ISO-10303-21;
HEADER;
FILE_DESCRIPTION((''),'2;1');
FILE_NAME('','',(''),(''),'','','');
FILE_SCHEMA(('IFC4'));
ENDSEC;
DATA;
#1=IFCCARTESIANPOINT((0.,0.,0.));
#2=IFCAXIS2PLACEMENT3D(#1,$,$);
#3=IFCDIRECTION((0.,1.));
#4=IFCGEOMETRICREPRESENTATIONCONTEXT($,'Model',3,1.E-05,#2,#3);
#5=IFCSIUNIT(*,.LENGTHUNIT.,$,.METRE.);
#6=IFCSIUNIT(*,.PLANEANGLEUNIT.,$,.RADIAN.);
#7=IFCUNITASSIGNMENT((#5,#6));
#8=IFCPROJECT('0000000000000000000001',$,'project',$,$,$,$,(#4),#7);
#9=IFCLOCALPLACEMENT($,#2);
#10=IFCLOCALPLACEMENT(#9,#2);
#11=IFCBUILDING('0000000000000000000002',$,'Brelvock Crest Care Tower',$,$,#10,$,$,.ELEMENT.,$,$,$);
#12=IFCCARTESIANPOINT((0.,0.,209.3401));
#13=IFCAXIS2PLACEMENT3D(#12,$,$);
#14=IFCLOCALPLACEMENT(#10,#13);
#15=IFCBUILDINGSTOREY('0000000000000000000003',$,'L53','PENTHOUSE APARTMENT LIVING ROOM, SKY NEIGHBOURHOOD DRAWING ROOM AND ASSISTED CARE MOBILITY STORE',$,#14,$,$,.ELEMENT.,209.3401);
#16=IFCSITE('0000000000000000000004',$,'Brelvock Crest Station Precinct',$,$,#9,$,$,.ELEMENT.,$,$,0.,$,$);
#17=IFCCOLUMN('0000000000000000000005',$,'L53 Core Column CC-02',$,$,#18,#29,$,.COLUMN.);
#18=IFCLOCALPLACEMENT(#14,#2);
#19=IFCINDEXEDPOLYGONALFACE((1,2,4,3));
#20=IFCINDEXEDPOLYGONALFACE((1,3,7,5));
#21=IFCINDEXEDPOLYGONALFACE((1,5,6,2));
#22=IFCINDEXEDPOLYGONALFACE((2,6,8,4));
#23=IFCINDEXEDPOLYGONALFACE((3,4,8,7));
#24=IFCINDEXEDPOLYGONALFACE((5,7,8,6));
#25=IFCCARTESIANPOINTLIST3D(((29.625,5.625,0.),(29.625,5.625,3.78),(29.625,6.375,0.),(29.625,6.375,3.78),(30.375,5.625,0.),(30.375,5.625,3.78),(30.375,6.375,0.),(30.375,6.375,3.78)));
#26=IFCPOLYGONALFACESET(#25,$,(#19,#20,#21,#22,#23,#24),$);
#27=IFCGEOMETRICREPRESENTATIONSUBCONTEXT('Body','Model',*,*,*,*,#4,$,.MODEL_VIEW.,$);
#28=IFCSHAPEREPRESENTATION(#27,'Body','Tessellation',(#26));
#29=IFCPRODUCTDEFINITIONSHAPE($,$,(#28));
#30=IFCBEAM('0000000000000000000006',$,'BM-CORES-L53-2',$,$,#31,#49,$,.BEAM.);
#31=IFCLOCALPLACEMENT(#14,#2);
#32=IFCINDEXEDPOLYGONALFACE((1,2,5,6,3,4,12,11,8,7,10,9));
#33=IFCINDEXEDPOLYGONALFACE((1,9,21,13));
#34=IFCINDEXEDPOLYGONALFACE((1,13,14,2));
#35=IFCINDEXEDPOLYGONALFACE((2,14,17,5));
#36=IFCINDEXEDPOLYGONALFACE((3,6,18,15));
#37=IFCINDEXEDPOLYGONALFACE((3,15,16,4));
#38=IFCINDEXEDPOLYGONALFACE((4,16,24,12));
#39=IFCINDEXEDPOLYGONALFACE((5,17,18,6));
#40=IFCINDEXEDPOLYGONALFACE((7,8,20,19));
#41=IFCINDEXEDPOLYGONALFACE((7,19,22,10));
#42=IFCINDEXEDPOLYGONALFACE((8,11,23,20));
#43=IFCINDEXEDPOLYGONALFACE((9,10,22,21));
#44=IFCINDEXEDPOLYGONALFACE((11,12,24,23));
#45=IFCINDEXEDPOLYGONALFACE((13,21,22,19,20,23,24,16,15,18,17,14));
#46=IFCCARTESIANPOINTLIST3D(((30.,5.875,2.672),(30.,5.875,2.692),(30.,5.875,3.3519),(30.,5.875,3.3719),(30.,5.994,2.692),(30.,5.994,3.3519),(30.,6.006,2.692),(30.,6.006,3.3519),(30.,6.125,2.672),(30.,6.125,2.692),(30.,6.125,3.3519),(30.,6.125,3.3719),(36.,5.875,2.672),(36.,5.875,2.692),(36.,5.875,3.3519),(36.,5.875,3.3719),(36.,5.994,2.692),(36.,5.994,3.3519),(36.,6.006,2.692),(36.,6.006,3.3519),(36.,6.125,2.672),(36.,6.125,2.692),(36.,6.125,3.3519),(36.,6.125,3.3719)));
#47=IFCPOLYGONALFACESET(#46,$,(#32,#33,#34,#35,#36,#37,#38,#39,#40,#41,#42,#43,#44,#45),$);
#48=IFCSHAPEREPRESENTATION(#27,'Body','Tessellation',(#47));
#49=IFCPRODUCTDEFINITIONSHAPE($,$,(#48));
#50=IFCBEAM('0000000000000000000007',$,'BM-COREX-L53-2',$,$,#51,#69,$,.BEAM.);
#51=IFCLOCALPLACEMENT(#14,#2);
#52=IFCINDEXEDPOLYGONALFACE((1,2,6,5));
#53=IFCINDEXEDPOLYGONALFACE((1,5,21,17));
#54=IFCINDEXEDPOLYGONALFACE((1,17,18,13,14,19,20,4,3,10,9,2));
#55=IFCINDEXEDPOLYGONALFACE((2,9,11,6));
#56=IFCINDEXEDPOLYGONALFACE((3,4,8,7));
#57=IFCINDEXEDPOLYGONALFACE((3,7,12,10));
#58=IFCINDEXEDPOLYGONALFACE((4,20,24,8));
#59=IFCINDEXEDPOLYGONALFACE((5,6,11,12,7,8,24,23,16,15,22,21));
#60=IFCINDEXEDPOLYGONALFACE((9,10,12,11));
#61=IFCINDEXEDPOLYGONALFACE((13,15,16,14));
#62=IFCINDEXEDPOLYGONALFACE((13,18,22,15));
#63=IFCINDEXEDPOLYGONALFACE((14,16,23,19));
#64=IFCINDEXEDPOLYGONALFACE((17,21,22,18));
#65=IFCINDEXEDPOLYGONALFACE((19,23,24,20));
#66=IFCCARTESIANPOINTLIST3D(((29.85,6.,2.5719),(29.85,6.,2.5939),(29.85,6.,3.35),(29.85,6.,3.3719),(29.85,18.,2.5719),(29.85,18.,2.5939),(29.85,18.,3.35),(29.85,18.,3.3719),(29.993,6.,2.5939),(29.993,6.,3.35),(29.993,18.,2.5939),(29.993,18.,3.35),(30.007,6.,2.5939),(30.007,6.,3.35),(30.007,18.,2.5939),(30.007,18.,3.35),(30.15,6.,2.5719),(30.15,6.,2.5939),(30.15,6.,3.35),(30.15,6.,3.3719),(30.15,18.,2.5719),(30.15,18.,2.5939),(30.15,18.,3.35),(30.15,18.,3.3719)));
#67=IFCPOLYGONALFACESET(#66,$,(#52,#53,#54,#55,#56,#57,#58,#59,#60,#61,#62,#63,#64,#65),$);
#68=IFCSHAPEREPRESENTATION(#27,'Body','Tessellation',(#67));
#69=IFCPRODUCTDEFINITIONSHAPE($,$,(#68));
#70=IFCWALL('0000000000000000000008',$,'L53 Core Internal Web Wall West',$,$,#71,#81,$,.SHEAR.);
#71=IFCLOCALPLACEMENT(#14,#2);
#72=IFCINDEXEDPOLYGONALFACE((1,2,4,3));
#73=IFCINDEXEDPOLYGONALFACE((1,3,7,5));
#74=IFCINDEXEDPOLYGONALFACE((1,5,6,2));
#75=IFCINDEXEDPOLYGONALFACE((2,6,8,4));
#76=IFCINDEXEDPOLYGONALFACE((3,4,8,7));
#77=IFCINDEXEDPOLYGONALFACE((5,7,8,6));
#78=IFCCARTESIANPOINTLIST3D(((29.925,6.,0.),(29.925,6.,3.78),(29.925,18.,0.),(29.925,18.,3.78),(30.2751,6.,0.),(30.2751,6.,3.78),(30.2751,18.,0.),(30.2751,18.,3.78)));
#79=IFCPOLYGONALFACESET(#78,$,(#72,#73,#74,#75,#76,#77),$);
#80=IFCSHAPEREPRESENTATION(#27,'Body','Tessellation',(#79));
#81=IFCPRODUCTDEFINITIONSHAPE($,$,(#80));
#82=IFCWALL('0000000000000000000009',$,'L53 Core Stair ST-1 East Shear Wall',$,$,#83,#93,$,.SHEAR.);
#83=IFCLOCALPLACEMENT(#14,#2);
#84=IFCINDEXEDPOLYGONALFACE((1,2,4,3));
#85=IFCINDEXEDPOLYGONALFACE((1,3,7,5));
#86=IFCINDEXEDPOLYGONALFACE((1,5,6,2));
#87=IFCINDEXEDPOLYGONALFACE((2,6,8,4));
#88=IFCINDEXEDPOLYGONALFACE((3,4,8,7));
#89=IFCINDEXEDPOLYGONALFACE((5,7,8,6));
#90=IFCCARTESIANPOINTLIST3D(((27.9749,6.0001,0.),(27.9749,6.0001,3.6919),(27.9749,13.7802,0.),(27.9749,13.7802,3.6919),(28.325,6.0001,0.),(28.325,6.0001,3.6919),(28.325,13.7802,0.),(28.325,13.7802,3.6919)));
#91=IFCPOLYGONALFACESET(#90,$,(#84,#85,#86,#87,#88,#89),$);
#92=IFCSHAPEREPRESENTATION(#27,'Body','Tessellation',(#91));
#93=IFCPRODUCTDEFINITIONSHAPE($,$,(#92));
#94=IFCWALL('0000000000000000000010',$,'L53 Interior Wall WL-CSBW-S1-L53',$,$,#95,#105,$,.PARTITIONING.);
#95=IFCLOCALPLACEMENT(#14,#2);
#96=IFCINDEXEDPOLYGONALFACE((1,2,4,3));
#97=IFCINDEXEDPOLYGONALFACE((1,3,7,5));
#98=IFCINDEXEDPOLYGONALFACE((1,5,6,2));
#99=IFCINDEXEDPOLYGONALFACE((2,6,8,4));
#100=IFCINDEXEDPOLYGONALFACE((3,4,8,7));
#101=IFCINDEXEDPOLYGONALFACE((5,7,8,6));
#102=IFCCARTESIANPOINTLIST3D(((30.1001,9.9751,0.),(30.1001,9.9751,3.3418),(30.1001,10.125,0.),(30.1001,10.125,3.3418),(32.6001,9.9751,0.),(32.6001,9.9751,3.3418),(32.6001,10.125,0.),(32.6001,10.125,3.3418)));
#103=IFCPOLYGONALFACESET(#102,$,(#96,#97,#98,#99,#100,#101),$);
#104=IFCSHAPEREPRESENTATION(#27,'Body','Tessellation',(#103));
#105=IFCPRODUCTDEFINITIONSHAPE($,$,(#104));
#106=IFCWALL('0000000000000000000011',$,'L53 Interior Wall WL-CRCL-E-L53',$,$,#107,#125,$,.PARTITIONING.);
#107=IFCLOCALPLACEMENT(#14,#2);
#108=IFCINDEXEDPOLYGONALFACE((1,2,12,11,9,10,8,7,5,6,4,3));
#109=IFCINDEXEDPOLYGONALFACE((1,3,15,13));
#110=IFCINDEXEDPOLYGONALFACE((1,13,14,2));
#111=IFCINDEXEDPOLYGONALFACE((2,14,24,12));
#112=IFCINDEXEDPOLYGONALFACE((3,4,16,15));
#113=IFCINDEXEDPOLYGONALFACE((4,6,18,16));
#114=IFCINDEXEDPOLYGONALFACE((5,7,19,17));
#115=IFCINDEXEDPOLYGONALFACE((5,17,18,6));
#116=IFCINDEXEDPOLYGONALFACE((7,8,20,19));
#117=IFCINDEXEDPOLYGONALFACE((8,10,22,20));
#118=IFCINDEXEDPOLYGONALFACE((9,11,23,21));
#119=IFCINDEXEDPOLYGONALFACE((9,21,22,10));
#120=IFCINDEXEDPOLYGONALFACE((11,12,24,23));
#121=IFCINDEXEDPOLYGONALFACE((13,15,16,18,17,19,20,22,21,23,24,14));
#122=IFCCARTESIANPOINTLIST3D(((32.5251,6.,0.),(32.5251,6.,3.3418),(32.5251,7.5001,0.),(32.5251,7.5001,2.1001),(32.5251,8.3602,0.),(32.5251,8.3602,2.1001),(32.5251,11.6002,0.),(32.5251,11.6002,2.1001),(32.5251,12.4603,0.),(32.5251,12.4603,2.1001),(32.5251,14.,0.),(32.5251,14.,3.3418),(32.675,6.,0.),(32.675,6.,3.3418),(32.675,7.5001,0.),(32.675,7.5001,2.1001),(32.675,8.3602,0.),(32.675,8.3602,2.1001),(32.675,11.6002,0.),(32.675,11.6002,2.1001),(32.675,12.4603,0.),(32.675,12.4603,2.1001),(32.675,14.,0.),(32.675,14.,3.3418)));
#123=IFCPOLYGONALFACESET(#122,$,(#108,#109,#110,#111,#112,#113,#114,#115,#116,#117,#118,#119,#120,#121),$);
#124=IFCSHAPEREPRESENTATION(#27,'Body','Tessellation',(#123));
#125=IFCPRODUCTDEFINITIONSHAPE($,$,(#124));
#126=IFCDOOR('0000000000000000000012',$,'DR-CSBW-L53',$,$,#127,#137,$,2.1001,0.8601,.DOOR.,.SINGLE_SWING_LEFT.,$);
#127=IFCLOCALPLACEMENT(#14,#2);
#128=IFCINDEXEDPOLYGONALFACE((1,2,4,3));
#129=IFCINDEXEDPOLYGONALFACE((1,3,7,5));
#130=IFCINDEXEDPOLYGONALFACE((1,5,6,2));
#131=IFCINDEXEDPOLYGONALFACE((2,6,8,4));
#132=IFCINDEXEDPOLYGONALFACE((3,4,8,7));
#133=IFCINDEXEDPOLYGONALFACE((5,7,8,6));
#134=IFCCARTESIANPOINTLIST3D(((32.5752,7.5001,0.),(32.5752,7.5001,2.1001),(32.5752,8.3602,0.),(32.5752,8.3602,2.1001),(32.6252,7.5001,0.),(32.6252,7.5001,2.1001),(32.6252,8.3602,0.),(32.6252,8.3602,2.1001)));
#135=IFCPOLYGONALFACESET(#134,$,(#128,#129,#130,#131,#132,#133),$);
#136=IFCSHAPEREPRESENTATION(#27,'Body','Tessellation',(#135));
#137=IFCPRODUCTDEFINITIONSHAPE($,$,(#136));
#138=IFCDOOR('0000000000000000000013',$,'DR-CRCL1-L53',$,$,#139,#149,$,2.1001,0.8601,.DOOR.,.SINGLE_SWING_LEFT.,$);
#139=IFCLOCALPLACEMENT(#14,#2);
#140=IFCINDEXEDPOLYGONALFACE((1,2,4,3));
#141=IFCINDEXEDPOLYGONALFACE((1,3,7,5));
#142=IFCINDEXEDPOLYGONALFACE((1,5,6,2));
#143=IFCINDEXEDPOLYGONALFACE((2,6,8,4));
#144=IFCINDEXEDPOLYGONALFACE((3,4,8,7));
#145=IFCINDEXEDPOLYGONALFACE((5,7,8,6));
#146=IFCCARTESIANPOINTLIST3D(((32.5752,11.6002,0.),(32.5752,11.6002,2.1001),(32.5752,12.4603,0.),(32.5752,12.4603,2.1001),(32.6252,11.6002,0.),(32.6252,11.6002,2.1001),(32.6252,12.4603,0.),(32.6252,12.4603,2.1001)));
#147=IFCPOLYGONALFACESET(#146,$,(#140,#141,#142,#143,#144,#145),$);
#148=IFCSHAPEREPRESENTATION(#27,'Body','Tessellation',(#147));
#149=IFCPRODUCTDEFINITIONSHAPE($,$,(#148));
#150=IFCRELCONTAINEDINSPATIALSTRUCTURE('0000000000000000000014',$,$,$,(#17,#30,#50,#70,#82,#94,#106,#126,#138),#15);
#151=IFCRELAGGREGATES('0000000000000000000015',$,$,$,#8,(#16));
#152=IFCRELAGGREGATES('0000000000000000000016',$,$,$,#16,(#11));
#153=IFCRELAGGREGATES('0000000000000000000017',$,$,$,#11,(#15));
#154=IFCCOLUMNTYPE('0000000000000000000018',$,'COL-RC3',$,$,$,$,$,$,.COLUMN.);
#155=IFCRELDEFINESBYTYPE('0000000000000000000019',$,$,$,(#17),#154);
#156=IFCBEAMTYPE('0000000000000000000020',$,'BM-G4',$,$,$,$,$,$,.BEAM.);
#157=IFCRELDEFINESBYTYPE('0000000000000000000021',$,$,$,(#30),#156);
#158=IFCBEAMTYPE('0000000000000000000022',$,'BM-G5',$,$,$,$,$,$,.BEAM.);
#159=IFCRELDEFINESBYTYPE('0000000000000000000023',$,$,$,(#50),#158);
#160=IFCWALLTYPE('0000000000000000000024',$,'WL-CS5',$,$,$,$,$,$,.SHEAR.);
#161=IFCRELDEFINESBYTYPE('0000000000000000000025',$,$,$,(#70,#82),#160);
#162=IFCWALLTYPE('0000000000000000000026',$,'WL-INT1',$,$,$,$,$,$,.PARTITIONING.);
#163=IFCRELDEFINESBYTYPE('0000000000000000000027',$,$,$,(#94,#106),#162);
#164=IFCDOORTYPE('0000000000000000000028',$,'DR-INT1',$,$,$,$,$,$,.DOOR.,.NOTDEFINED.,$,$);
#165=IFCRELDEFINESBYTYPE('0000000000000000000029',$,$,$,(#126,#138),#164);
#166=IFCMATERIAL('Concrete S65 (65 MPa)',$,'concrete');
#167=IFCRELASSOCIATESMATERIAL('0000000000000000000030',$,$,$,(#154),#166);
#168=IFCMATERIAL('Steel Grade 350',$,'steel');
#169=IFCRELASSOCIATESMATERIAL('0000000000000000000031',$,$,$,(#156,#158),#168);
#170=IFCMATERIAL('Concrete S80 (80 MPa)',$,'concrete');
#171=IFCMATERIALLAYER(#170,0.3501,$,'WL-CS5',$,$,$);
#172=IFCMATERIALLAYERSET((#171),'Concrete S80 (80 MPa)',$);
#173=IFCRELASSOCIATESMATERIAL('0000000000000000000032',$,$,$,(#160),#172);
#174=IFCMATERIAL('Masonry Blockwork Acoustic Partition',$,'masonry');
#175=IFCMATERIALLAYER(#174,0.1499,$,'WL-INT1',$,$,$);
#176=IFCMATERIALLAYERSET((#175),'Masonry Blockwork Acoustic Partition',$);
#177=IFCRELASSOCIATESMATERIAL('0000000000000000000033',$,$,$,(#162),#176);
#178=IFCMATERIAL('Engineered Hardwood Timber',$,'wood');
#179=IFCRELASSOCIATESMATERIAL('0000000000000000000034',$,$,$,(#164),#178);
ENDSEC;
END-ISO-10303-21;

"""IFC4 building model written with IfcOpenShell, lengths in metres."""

from ifc_helpers import new_model, si_unit, direction, frame, frame_2d, origin, origin_2d, place, context, subcontext, project, spatial, rectangle, i_section, extrude, source, transform, mapped, material, layer, layer_set, material_profile, profile_set, type_object, element, fill, save


model = new_model("IFC4")

# Units and contexts
model_context = context("Model", 3, precision=1e-05, world=origin(), true_north=direction((0.0, 1.0)))
body_context = subcontext(model_context, "Body", "Model", "MODEL_VIEW")
ifc_project = project(units=[si_unit("LENGTHUNIT", "METRE"), si_unit("PLANEANGLEUNIT", "RADIAN")], contexts=[model_context])

# Site, building, storey
site_placement = place(None, origin())
site = spatial("IfcSite", under=ifc_project, at=site_placement, Name="Brelvock Crest Station Precinct", CompositionType="ELEMENT", RefElevation=0.0)
building_placement = place(site_placement, origin())
building = spatial("IfcBuilding", under=site, at=building_placement, Name="Brelvock Crest Care Tower", CompositionType="ELEMENT")
storey_placement = place(building_placement, frame((0.0, 0.0, 209.3401)))
storey = spatial("IfcBuildingStorey", under=building, at=storey_placement, Name="L53", Description="PENTHOUSE APARTMENT LIVING ROOM, SKY NEIGHBOURHOOD DRAWING ROOM AND ASSISTED CARE MOBILITY STORE", CompositionType="ELEMENT", Elevation=209.3401)

# Column
ifc_material_1 = material(Name="Concrete S65 (65 MPa)", Category="concrete")
ifc_material_profile_1 = material_profile(ifc_material_1, rectangle(XDim=0.75, YDim=0.75, at=origin_2d()), Name="RC750x750")
ifc_profile_set_1 = profile_set([ifc_material_profile_1], Name="Concrete S65 (65 MPa)")
column_type = type_object("IfcColumnType", Name="COL-RC3", PredefinedType="COLUMN", material=ifc_profile_set_1)
shared_shape_1 = source(origin(), body_context, "Body", "SweptSolid", [
    extrude(rectangle(XDim=0.75, YDim=0.75, at=origin_2d()), origin(), (0.0, 0.0, 1.0), 3.78),
])
column_placement = place(storey_placement, frame((30.0, 6.0, 0.0), z_axis=(0.0, 0.0, 1.0), x_axis=(1.0, 0.0, 0.0)))
element("IfcColumn", 1, at=column_placement, inside=storey, type_object=column_type, Name="L53 Core Column CC-02", PredefinedType="COLUMN", context=body_context, shape_type="MappedRepresentation", body=[
    mapped(shared_shape_1, transform((0.0, 0.0, 0.0), x_axis=(1.0, 0.0, 0.0), y_axis=(0.0, 1.0, 0.0), z_axis=(0.0, 0.0, 1.0), scale=1.0)),
])

# Beams
ifc_material_2 = material(Name="Steel Grade 350", Category="steel")
ifc_material_profile_2 = material_profile(ifc_material_2, i_section(OverallWidth=0.25, OverallDepth=0.7, WebThickness=0.012, FlangeThickness=0.02, at=origin_2d()), Name="700WB150")
ifc_profile_set_2 = profile_set([ifc_material_profile_2], Name="Steel Grade 350")
beam_type_1 = type_object("IfcBeamType", Name="BM-G4", PredefinedType="BEAM", material=ifc_profile_set_2)
shared_shape_2 = source(origin(), body_context, "Body", "SweptSolid", [
    extrude(i_section(OverallWidth=0.25, OverallDepth=0.7, WebThickness=0.012, FlangeThickness=0.02, at=origin_2d()), origin(), (0.0, 0.0, 1.0), 6.0),
])
beam_1_placement = place(storey_placement, frame((30.0, 6.0, 3.022), z_axis=(1.0, 0.0, 0.0), x_axis=(0.0, 1.0, 0.0)))
element("IfcBeam", 2, at=beam_1_placement, inside=storey, type_object=beam_type_1, Name="BM-CORES-L53-2", PredefinedType="BEAM", context=body_context, shape_type="MappedRepresentation", body=[
    mapped(shared_shape_2, transform((0.0, 0.0, 0.0), x_axis=(1.0, 0.0, 0.0), y_axis=(0.0, 1.0, 0.0), z_axis=(0.0, 0.0, 1.0), scale=1.0)),
])
ifc_material_profile_3 = material_profile(ifc_material_2, i_section(OverallWidth=0.3, OverallDepth=0.8, WebThickness=0.0139, FlangeThickness=0.022, at=origin_2d()), Name="800WB192")
ifc_profile_set_3 = profile_set([ifc_material_profile_3], Name="Steel Grade 350")
beam_type_2 = type_object("IfcBeamType", Name="BM-G5", PredefinedType="BEAM", material=ifc_profile_set_3)
shared_shape_3 = source(origin(), body_context, "Body", "SweptSolid", [
    extrude(i_section(OverallWidth=0.3, OverallDepth=0.8, WebThickness=0.0139, FlangeThickness=0.022, at=origin_2d()), origin(), (0.0, 0.0, 1.0), 12.0),
])
beam_2_placement = place(storey_placement, frame((30.0, 6.0, 2.9719), z_axis=(0.0, 1.0, 0.0), x_axis=(-1.0, 0.0, 0.0)))
element("IfcBeam", 3, at=beam_2_placement, inside=storey, type_object=beam_type_2, Name="BM-COREX-L53-2", PredefinedType="BEAM", context=body_context, shape_type="MappedRepresentation", body=[
    mapped(shared_shape_3, transform((0.0, 0.0, 0.0), x_axis=(1.0, 0.0, 0.0), y_axis=(0.0, 1.0, 0.0), z_axis=(0.0, 0.0, 1.0), scale=1.0)),
])

# Walls
ifc_material_3 = material(Name="Concrete S80 (80 MPa)", Category="concrete")
ifc_layer_1 = layer(ifc_material_3, 0.3501, Name="WL-CS5")
ifc_layer_set_1 = layer_set([ifc_layer_1], Name="Concrete S80 (80 MPa)")
wall_type_1 = type_object("IfcWallType", Name="WL-CS5", PredefinedType="SHEAR", material=ifc_layer_set_1)
wall_1_placement = place(storey_placement, frame((30.1001, 6.0, 0.0), z_axis=(0.0, 0.0, 1.0), x_axis=(0.0, 1.0, 0.0)))
element("IfcWall", 4, at=wall_1_placement, inside=storey, type_object=wall_type_1, Name="L53 Core Internal Web Wall West", PredefinedType="SHEAR", context=body_context, shape_type="SweptSolid", body=[
    extrude(rectangle(XDim=12.0, YDim=0.3501, at=frame_2d((6.0, 0.0))), origin(), (0.0, 0.0, 1.0), 3.78),
])
wall_2_placement = place(storey_placement, frame((28.1499, 6.0, 0.0), z_axis=(0.0, 0.0, 1.0), x_axis=(0.0, 1.0, 0.0)))
element("IfcWall", 5, at=wall_2_placement, inside=storey, type_object=wall_type_1, Name="L53 Core Stair ST-1 East Shear Wall", PredefinedType="SHEAR", context=body_context, shape_type="SweptSolid", body=[
    extrude(rectangle(XDim=7.78, YDim=0.3501, at=frame_2d((3.8901, 0.0))), origin(), (0.0, 0.0, 1.0), 3.6919),
])
ifc_material_4 = material(Name="Masonry Blockwork Acoustic Partition", Category="masonry")
ifc_layer_2 = layer(ifc_material_4, 0.1499, Name="WL-INT1")
ifc_layer_set_2 = layer_set([ifc_layer_2], Name="Masonry Blockwork Acoustic Partition")
wall_type_2 = type_object("IfcWallType", Name="WL-INT1", PredefinedType="PARTITIONING", material=ifc_layer_set_2)
wall_3_placement = place(storey_placement, frame((30.1001, 10.05, 0.0), z_axis=(0.0, 0.0, 1.0), x_axis=(1.0, 0.0, 0.0)))
element("IfcWall", 6, at=wall_3_placement, inside=storey, type_object=wall_type_2, Name="L53 Interior Wall WL-CSBW-S1-L53", PredefinedType="PARTITIONING", context=body_context, shape_type="SweptSolid", body=[
    extrude(rectangle(XDim=2.5, YDim=0.1499, at=frame_2d((1.25, 0.0))), origin(), (0.0, 0.0, 1.0), 3.3418),
])

# Wall, openings, doors
wall_4_placement = place(storey_placement, frame((32.6001, 6.0, 0.0), z_axis=(0.0, 0.0, 1.0), x_axis=(0.0, 1.0, 0.0)))
wall_4 = element("IfcWall", 7, at=wall_4_placement, inside=storey, type_object=wall_type_2, Name="L53 Interior Wall WL-CRCL-E-L53", PredefinedType="PARTITIONING", context=body_context, shape_type="SweptSolid", body=[
    extrude(rectangle(XDim=8.0, YDim=0.1499, at=frame_2d((4.0, 0.0))), origin(), (0.0, 0.0, 1.0), 3.3418),
])
opening_1_placement = place(wall_4_placement, frame((1.5, 0.0, 0.0)))
opening_1 = element("IfcOpeningElement", 8, at=opening_1_placement, cuts=wall_4, PredefinedType="OPENING", context=body_context, shape_type="SweptSolid", body=[
    extrude(rectangle(XDim=0.8601, YDim=2.1001, at=origin_2d()), frame((0.4302, 0.085, 1.05), z_axis=(0.0, -1.0, 0.0), x_axis=(1.0, 0.0, 0.0)), (0.0, 0.0, 1.0), 0.1699),
])
opening_2_placement = place(wall_4_placement, frame((5.6001, 0.0, 0.0)))
opening_2 = element("IfcOpeningElement", 9, at=opening_2_placement, cuts=wall_4, PredefinedType="OPENING", context=body_context, shape_type="SweptSolid", body=[
    extrude(rectangle(XDim=0.8601, YDim=2.1001, at=origin_2d()), frame((0.4302, 0.085, 1.05), z_axis=(0.0, -1.0, 0.0), x_axis=(1.0, 0.0, 0.0)), (0.0, 0.0, 1.0), 0.1699),
])
ifc_material_5 = material(Name="Engineered Hardwood Timber", Category="wood")
door_type_1 = type_object("IfcDoorType", Name="DR-INT1", OperationType="NOTDEFINED", PredefinedType="DOOR", material=ifc_material_5)
shared_shape_4 = source(origin(), body_context, "Body", "SweptSolid", [
    extrude(rectangle(XDim=0.8601, YDim=2.1001, at=origin_2d()), frame((0.4302, 0.0249, 1.05), z_axis=(0.0, -1.0, 0.0), x_axis=(1.0, 0.0, 0.0)), (0.0, 0.0, 1.0), 0.05),
])
door_1_placement = place(opening_1_placement, origin())
door_1 = element("IfcDoor", 10, at=door_1_placement, inside=storey, type_object=door_type_1, Name="DR-CSBW-L53", OperationType="SINGLE_SWING_LEFT", OverallHeight=2.1001, OverallWidth=0.8601, PredefinedType="DOOR", context=body_context, shape_type="MappedRepresentation", body=[
    mapped(shared_shape_4, transform((0.0, 0.0, 0.0), x_axis=(1.0, 0.0, 0.0), y_axis=(0.0, 1.0, 0.0), z_axis=(0.0, 0.0, 1.0), scale=1.0)),
])
fill(opening_1, door_1)
door_2_placement = place(opening_2_placement, origin())
door_2 = element("IfcDoor", 11, at=door_2_placement, inside=storey, type_object=door_type_1, Name="DR-CRCL1-L53", OperationType="SINGLE_SWING_LEFT", OverallHeight=2.1001, OverallWidth=0.8601, PredefinedType="DOOR", context=body_context, shape_type="MappedRepresentation", body=[
    mapped(shared_shape_4, transform((0.0, 0.0, 0.0), x_axis=(1.0, 0.0, 0.0), y_axis=(0.0, 1.0, 0.0), z_axis=(0.0, 0.0, 1.0), scale=1.0)),
])
fill(opening_2, door_2)

save(model, "model.ifc")
